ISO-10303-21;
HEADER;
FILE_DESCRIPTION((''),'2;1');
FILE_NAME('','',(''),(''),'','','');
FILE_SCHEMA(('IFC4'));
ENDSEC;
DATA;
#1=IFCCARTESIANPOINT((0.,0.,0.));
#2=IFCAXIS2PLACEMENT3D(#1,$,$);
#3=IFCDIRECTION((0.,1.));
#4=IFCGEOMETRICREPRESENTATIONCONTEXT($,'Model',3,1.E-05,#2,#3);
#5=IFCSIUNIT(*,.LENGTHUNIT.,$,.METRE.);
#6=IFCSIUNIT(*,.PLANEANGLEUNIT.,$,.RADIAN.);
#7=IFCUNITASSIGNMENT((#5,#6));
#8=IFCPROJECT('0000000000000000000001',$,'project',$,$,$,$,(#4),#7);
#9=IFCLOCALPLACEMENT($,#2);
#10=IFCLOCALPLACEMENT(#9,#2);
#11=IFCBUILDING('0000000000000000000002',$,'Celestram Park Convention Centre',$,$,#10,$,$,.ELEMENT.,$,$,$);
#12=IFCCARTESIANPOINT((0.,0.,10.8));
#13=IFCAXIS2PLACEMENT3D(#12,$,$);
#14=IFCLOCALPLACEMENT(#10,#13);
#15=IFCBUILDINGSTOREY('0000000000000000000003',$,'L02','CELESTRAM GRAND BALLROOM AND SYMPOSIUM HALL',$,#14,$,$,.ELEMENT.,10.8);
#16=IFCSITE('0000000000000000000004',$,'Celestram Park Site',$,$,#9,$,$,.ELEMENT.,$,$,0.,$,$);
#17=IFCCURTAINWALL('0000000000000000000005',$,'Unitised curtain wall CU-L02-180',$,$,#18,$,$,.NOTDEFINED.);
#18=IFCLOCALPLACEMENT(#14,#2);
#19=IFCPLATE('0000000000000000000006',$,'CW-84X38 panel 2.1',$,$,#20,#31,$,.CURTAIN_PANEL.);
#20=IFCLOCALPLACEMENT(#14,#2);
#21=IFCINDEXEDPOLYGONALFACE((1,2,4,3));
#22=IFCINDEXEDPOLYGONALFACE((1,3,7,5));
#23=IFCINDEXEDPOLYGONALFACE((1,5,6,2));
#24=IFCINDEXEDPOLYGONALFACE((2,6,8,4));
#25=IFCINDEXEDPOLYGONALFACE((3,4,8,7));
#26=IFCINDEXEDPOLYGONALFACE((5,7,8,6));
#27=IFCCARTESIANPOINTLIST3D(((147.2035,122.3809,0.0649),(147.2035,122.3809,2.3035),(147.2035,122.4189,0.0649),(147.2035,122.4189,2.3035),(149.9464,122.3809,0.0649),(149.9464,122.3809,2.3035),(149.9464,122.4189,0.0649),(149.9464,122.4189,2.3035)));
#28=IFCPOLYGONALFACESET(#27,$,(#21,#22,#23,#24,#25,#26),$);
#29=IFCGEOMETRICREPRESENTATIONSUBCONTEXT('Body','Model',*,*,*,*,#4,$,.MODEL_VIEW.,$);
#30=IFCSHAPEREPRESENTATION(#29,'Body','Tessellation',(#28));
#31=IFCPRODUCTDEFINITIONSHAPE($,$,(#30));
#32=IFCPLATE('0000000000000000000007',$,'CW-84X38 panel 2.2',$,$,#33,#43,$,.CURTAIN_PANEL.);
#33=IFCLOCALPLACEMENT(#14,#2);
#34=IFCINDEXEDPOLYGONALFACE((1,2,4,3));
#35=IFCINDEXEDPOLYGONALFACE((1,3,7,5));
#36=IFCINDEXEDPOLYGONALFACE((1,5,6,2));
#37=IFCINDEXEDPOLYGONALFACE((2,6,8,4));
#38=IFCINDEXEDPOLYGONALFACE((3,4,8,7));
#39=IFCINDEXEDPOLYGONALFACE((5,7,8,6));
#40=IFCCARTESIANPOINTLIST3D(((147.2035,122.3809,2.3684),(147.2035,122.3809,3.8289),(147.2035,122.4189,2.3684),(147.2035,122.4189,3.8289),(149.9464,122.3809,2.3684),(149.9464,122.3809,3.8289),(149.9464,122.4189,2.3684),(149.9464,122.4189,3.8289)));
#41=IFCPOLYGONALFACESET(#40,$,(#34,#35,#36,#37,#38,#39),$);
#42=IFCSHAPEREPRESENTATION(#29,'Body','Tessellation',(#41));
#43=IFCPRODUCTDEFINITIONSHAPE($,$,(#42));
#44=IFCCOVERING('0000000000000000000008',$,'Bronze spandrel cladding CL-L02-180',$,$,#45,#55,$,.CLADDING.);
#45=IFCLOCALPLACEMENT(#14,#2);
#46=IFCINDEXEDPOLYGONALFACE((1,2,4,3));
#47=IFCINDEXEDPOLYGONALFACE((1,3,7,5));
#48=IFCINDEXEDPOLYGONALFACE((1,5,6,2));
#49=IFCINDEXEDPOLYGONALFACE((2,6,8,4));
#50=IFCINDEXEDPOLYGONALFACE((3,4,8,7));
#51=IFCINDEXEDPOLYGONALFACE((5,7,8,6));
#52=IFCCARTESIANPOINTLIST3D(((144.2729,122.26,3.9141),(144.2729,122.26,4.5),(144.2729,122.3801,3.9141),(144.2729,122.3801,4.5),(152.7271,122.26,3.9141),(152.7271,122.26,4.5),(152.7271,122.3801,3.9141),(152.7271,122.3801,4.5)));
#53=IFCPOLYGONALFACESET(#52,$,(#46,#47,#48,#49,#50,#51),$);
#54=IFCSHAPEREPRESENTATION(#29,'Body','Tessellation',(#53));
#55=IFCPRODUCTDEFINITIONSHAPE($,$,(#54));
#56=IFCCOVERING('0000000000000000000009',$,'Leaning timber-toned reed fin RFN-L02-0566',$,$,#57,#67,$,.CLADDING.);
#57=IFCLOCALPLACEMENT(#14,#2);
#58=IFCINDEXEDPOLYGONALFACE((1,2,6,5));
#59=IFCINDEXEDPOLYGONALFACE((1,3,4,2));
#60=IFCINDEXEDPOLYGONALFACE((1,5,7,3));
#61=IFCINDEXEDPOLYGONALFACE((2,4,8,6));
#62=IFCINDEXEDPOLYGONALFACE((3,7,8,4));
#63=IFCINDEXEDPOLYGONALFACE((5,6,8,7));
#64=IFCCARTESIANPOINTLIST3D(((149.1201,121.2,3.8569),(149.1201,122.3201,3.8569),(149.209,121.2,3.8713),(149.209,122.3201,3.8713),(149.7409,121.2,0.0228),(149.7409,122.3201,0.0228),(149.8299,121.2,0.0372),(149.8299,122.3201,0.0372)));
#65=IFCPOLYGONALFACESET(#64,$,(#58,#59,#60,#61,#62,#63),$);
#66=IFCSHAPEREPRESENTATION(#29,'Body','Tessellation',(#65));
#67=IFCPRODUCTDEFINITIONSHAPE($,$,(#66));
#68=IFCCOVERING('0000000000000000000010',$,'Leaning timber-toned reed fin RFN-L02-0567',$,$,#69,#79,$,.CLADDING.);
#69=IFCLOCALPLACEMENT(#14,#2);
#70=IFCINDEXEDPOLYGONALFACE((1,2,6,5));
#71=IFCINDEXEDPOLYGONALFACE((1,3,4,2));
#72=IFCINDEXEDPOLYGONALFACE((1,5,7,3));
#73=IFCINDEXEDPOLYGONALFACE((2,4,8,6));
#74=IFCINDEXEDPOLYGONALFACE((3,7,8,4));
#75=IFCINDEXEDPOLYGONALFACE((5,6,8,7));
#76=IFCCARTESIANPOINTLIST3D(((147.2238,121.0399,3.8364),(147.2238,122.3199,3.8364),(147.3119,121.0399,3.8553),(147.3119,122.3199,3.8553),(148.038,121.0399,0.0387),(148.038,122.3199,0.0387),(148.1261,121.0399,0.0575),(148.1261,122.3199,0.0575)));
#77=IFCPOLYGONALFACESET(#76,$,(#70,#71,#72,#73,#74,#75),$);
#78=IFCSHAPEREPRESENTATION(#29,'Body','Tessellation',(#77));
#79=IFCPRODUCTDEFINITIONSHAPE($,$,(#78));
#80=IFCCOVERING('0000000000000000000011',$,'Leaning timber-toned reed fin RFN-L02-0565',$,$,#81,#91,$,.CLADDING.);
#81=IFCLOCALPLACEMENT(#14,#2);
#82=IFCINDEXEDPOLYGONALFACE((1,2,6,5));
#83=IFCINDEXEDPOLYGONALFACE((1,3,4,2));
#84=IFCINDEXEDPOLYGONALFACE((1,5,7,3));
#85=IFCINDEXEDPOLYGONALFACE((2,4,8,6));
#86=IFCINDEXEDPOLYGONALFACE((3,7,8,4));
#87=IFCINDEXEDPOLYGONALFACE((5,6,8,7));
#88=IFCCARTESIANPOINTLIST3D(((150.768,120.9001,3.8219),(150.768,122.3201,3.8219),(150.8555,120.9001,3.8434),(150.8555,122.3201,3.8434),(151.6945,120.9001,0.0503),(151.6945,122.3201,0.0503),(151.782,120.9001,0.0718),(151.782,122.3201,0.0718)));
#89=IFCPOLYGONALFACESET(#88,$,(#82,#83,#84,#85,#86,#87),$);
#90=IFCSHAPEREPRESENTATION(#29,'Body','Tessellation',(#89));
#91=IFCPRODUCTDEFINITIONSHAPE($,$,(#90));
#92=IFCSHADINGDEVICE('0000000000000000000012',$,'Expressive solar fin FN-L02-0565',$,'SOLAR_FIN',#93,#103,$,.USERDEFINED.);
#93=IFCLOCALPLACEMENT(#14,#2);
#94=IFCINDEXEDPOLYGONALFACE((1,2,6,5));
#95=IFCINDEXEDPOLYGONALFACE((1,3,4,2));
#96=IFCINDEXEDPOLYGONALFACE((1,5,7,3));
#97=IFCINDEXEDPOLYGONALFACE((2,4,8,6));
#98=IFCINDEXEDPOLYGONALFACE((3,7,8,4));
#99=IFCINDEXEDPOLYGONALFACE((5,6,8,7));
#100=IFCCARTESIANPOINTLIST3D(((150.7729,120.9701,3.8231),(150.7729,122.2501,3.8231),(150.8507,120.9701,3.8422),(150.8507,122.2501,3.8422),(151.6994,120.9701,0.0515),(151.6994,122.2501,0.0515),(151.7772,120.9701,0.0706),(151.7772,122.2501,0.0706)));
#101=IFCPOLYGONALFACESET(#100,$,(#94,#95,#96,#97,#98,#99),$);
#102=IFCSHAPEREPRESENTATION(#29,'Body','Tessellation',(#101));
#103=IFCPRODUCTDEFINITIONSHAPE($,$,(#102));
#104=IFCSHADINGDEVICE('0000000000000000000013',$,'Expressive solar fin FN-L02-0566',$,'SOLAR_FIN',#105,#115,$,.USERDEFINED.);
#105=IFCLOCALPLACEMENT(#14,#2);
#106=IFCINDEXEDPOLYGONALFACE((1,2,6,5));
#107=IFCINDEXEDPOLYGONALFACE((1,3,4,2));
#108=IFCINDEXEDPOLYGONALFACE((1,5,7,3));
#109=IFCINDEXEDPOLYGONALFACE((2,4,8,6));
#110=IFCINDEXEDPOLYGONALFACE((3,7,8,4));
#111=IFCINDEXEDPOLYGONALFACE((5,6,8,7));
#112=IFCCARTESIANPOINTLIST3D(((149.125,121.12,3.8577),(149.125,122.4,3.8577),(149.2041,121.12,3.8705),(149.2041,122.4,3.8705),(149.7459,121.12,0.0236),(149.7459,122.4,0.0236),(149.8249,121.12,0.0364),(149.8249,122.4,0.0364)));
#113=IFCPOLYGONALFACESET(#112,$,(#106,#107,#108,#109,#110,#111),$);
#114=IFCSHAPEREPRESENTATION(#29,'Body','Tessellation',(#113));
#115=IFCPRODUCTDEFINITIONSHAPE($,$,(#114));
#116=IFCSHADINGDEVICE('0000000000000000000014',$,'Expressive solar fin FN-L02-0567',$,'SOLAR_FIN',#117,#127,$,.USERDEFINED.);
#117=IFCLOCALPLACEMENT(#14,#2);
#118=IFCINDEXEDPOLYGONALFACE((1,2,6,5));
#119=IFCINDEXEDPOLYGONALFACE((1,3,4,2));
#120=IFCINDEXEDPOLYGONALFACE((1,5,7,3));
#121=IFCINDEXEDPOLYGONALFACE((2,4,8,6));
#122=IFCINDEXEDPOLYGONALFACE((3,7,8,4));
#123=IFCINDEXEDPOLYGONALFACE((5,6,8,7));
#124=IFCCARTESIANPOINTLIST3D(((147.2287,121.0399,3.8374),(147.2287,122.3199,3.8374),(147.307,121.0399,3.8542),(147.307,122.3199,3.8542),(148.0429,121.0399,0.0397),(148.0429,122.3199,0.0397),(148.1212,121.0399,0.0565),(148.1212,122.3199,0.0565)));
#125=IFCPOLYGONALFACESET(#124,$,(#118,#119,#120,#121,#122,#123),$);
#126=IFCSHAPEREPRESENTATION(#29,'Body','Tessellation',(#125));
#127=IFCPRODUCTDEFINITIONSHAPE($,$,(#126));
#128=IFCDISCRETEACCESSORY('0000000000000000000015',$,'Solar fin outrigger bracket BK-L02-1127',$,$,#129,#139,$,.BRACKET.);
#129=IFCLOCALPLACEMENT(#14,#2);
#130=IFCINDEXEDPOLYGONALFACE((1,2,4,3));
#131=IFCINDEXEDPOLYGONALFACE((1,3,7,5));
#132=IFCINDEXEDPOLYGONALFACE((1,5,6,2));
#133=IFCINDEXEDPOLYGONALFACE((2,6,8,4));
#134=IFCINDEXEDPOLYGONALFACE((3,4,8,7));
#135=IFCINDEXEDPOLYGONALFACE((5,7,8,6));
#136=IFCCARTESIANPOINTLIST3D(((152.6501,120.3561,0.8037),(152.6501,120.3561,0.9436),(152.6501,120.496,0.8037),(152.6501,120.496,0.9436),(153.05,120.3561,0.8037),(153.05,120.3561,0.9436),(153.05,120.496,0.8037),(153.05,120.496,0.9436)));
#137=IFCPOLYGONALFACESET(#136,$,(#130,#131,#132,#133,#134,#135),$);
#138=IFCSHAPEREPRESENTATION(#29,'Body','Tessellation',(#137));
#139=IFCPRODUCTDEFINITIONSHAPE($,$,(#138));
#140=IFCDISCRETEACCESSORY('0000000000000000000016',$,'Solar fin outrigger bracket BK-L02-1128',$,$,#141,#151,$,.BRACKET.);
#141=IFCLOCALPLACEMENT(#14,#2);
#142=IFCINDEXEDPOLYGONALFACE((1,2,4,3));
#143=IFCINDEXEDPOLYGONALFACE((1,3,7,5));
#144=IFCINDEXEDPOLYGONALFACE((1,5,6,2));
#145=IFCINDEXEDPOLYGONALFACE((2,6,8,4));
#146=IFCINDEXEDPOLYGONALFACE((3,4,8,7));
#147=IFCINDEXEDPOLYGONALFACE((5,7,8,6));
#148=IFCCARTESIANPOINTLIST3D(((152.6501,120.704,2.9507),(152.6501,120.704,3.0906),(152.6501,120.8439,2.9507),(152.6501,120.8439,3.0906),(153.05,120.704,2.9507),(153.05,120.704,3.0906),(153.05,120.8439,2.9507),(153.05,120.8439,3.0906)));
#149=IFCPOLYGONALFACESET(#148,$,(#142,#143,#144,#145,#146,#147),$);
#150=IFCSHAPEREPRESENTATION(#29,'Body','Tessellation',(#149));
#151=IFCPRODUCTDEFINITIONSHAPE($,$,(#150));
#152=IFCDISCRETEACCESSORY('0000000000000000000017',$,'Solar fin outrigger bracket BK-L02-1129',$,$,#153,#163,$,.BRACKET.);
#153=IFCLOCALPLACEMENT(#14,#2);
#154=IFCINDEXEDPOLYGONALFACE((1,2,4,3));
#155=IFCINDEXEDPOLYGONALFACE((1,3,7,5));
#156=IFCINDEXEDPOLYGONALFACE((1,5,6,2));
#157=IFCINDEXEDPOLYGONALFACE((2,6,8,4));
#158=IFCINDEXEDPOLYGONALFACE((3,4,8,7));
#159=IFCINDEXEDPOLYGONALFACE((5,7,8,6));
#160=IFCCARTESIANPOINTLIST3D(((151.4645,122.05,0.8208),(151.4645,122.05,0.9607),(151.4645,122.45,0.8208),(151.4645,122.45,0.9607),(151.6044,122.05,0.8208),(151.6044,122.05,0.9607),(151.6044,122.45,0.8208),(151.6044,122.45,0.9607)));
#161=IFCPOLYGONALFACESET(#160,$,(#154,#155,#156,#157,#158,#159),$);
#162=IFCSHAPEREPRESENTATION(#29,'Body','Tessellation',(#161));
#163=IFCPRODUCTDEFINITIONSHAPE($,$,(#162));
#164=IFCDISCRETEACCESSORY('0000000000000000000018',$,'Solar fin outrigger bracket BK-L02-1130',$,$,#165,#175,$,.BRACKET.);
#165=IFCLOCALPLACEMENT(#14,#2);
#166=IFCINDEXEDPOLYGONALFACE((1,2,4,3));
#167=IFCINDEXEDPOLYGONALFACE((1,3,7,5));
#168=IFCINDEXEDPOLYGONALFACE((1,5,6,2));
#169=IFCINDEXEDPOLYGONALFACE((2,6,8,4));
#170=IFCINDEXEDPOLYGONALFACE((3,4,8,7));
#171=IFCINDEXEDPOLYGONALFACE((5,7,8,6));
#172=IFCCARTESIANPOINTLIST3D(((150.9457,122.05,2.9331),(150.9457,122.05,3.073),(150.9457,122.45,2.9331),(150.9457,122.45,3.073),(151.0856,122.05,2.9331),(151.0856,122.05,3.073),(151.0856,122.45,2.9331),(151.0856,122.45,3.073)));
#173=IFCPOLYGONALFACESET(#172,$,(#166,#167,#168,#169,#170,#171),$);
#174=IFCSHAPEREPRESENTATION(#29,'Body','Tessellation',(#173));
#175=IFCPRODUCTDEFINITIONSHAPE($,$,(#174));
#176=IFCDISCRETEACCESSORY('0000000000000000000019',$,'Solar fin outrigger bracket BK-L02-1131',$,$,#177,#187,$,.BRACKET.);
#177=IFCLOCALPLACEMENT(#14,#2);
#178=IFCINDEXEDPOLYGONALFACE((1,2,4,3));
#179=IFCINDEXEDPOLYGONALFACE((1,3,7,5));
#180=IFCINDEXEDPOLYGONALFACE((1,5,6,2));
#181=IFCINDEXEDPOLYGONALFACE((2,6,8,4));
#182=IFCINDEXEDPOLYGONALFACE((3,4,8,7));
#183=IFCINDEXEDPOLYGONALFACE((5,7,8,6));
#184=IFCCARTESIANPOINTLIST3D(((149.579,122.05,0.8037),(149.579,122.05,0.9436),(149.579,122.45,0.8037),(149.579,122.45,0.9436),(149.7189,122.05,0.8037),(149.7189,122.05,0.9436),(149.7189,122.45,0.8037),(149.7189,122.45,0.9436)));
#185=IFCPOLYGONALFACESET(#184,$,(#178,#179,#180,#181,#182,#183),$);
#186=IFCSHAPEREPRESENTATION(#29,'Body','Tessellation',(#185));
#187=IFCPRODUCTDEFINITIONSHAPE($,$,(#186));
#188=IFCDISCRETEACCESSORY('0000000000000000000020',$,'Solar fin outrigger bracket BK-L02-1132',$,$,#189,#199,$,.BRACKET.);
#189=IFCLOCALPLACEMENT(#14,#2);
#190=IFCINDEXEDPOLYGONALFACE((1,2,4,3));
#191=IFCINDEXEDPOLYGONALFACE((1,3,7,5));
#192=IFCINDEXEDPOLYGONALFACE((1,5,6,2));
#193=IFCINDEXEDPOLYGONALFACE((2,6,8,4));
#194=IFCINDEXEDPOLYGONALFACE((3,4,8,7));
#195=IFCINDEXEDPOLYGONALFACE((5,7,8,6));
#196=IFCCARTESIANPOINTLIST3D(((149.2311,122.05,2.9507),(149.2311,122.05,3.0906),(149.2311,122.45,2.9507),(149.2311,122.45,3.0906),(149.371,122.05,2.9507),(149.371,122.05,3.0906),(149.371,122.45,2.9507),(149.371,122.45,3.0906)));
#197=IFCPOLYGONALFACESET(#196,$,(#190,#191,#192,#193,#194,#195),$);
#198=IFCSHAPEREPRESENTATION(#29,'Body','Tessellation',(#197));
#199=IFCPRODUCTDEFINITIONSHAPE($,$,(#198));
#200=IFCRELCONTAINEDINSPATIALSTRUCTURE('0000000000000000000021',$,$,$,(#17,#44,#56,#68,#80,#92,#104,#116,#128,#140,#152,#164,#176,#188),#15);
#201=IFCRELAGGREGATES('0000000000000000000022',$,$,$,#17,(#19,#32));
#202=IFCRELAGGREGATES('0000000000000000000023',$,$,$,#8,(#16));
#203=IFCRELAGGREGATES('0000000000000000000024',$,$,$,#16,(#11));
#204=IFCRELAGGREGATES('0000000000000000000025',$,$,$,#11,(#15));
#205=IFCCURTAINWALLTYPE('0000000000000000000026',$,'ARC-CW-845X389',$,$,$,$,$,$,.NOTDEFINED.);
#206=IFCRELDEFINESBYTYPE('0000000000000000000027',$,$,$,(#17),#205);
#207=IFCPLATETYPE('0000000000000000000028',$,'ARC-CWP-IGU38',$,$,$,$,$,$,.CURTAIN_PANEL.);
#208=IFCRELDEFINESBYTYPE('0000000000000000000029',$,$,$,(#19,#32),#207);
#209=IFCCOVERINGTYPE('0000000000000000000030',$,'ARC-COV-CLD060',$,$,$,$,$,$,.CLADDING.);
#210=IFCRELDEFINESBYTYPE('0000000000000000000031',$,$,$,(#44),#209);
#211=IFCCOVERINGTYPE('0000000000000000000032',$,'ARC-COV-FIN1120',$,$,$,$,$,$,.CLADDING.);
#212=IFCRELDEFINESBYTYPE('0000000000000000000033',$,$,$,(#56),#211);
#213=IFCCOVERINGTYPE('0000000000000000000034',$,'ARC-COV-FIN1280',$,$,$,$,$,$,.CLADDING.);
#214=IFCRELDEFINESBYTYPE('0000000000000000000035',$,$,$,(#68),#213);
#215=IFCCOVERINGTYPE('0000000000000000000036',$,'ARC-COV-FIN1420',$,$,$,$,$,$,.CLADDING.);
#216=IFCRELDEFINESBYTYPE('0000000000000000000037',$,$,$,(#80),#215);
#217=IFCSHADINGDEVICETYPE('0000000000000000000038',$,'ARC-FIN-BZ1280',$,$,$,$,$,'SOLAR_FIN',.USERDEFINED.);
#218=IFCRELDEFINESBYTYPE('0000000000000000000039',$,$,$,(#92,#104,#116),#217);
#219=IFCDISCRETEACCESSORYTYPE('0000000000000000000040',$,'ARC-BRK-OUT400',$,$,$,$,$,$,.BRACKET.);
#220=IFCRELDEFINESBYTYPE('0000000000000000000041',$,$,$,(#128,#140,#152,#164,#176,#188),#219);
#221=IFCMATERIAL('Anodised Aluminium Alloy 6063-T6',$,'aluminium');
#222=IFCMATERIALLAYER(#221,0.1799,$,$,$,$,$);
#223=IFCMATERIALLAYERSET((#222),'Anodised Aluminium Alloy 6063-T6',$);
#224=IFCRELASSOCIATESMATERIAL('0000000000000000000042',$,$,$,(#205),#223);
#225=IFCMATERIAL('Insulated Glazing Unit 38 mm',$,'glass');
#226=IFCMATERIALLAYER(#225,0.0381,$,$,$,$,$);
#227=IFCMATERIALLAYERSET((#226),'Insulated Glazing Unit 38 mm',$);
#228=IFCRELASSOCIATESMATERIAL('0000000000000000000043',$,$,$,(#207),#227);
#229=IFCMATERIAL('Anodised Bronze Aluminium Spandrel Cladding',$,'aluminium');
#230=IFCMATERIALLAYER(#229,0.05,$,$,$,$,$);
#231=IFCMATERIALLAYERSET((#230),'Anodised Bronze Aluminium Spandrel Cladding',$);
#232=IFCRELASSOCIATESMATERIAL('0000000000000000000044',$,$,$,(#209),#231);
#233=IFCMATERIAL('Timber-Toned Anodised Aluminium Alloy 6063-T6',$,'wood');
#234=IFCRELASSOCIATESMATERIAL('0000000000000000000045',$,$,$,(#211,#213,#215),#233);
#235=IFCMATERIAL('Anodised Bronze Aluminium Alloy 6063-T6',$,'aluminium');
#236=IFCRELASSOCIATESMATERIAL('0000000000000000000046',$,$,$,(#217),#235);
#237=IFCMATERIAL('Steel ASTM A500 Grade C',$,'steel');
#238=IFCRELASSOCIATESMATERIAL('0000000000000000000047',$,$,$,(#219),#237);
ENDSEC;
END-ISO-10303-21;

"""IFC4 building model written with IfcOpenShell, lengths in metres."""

from ifc_helpers import new_model, si_unit, direction, frame, origin, origin_2d, place, context, subcontext, project, spatial, rectangle, extrude, material, layer, layer_set, material_profile, profile_set, type_object, element, aggregate, save


model = new_model("IFC4")

# Units and contexts
model_context = context("Model", 3, precision=1e-05, world=origin(), true_north=direction((0.0, 1.0)))
body_context = subcontext(model_context, "Body", "Model", "MODEL_VIEW")
ifc_project = project(units=[si_unit("LENGTHUNIT", "METRE"), si_unit("PLANEANGLEUNIT", "RADIAN")], contexts=[model_context])

# Site, building, storey
site_placement = place(None, origin())
site = spatial("IfcSite", under=ifc_project, at=site_placement, Name="Celestram Park Site", CompositionType="ELEMENT", RefElevation=0.0)
building_placement = place(site_placement, origin())
building = spatial("IfcBuilding", under=site, at=building_placement, Name="Celestram Park Convention Centre", CompositionType="ELEMENT")
storey_placement = place(building_placement, frame((0.0, 0.0, 10.8)))
storey = spatial("IfcBuildingStorey", under=building, at=storey_placement, Name="L02", Description="CELESTRAM GRAND BALLROOM AND SYMPOSIUM HALL", CompositionType="ELEMENT", Elevation=10.8)

# Shared definitions
ifc_material_1 = material(Name="Anodised Aluminium Alloy 6063-T6", Category="aluminium")

# Curtain wall
ifc_layer_1 = layer(ifc_material_1, 0.1799)
ifc_layer_set_1 = layer_set([ifc_layer_1], Name="Anodised Aluminium Alloy 6063-T6")
curtain_wall_type_1 = type_object("IfcCurtainWallType", Name="ARC-CW-845X389", PredefinedType="NOTDEFINED", material=ifc_layer_set_1)
curtain_wall_1_placement = place(storey_placement, origin())
curtain_wall_1 = element("IfcCurtainWall", 1, at=curtain_wall_1_placement, inside=storey, type_object=curtain_wall_type_1, Name="Unitised curtain wall CU-L02-180", PredefinedType="NOTDEFINED")

# Plates
ifc_material_2 = material(Name="Insulated Glazing Unit 38 mm", Category="glass")
ifc_layer_2 = layer(ifc_material_2, 0.0381)
ifc_layer_set_2 = layer_set([ifc_layer_2], Name="Insulated Glazing Unit 38 mm")
plate_type_1 = type_object("IfcPlateType", Name="ARC-CWP-IGU38", PredefinedType="CURTAIN_PANEL", material=ifc_layer_set_2)
plate_1_placement = place(storey_placement, frame((148.575, 122.3999, 0.0649), z_axis=(0.0, 0.0, 1.0), x_axis=(-1.0, 0.0, 0.0)))
plate_1 = element("IfcPlate", 2, at=plate_1_placement, type_object=plate_type_1, Name="CW-84X38 panel 2.1", PredefinedType="CURTAIN_PANEL", context=body_context, shape_type="SweptSolid", body=[
    extrude(rectangle(XDim=2.7429, YDim=0.0381, at=origin_2d()), origin(), (0.0, 0.0, 1.0), 2.2385),
])
plate_2_placement = place(storey_placement, frame((148.575, 122.3999, 2.3684), z_axis=(0.0, 0.0, 1.0), x_axis=(-1.0, 0.0, 0.0)))
plate_2 = element("IfcPlate", 3, at=plate_2_placement, type_object=plate_type_1, Name="CW-84X38 panel 2.2", PredefinedType="CURTAIN_PANEL", context=body_context, shape_type="SweptSolid", body=[
    extrude(rectangle(XDim=2.7429, YDim=0.0381, at=origin_2d()), origin(), (0.0, 0.0, 1.0), 1.4604),
])
aggregate(curtain_wall_1, [plate_1, plate_2])

# Coverings
ifc_material_3 = material(Name="Anodised Bronze Aluminium Spandrel Cladding", Category="aluminium")
ifc_layer_3 = layer(ifc_material_3, 0.05)
ifc_layer_set_3 = layer_set([ifc_layer_3], Name="Anodised Bronze Aluminium Spandrel Cladding")
covering_type_1 = type_object("IfcCoveringType", Name="ARC-COV-CLD060", PredefinedType="CLADDING", material=ifc_layer_set_3)
covering_1_placement = place(storey_placement, frame((148.5, 122.3201, 3.9141), z_axis=(0.0, 0.0, 1.0), x_axis=(-1.0, 0.0, 0.0)))
element("IfcCovering", 4, at=covering_1_placement, inside=storey, type_object=covering_type_1, Name="Bronze spandrel cladding CL-L02-180", PredefinedType="CLADDING", context=body_context, shape_type="SweptSolid", body=[
    extrude(rectangle(XDim=8.4541, YDim=0.1201, at=origin_2d()), origin(), (0.0, 0.0, 1.0), 0.5859),
])
ifc_material_4 = material(Name="Timber-Toned Anodised Aluminium Alloy 6063-T6", Category="wood")
ifc_material_profile_1 = material_profile(ifc_material_4, rectangle(XDim=1.1201, YDim=0.0901, at=origin_2d()), Name="REED1120X90")
ifc_profile_set_1 = profile_set([ifc_material_profile_1], Name="Timber-Toned Anodised Aluminium Alloy 6063-T6")
covering_type_2 = type_object("IfcCoveringType", Name="ARC-COV-FIN1120", PredefinedType="CLADDING", material=ifc_profile_set_1)
covering_2_placement = place(storey_placement, frame((149.7854, 121.76, 0.03), z_axis=(-0.159851, 0.0, 0.987141), x_axis=(0.0, -1.0, 0.0)))
element("IfcCovering", 5, at=covering_2_placement, inside=storey, type_object=covering_type_2, Name="Leaning timber-toned reed fin RFN-L02-0566", PredefinedType="CLADDING", context=body_context, shape_type="SweptSolid", body=[
    extrude(rectangle(XDim=1.1201, YDim=0.0901, at=origin_2d()), origin(), (0.0, 0.0, 1.0), 3.884),
])
ifc_material_profile_2 = material_profile(ifc_material_4, rectangle(XDim=1.28, YDim=0.0901, at=origin_2d()), Name="REED1280X90")
ifc_profile_set_2 = profile_set([ifc_material_profile_2], Name="Timber-Toned Anodised Aluminium Alloy 6063-T6")
covering_type_3 = type_object("IfcCoveringType", Name="ARC-COV-FIN1280", PredefinedType="CLADDING", material=ifc_profile_set_2)
covering_3_placement = place(storey_placement, frame((148.082, 121.6799, 0.0481), z_axis=(-0.209624, 0.0, 0.977782), x_axis=(0.0, -1.0, 0.0)))
element("IfcCovering", 6, at=covering_3_placement, inside=storey, type_object=covering_type_3, Name="Leaning timber-toned reed fin RFN-L02-0567", PredefinedType="CLADDING", context=body_context, shape_type="SweptSolid", body=[
    extrude(rectangle(XDim=1.28, YDim=0.0901, at=origin_2d()), origin(), (0.0, 0.0, 1.0), 3.884),
])
ifc_material_profile_3 = material_profile(ifc_material_4, rectangle(XDim=1.4199, YDim=0.0901, at=origin_2d()), Name="REED1420X90")
ifc_profile_set_3 = profile_set([ifc_material_profile_3], Name="Timber-Toned Anodised Aluminium Alloy 6063-T6")
covering_type_4 = type_object("IfcCoveringType", Name="ARC-COV-FIN1420", PredefinedType="CLADDING", material=ifc_profile_set_3)
covering_4_placement = place(storey_placement, frame((151.7383, 121.6101, 0.061), z_axis=(-0.238555, 0.0, 0.971129), x_axis=(0.0, -1.0, 0.0)))
element("IfcCovering", 7, at=covering_4_placement, inside=storey, type_object=covering_type_4, Name="Leaning timber-toned reed fin RFN-L02-0565", PredefinedType="CLADDING", context=body_context, shape_type="SweptSolid", body=[
    extrude(rectangle(XDim=1.4199, YDim=0.0901, at=origin_2d()), origin(), (0.0, 0.0, 1.0), 3.8838),
])

# Shading devices
ifc_material_5 = material(Name="Anodised Bronze Aluminium Alloy 6063-T6", Category="aluminium")
ifc_material_profile_4 = material_profile(ifc_material_5, rectangle(XDim=1.28, YDim=0.0801, at=origin_2d()), Name="FIN1280X80")
ifc_profile_set_4 = profile_set([ifc_material_profile_4], Name="Anodised Bronze Aluminium Alloy 6063-T6")
shading_device_type = type_object("IfcShadingDeviceType", Name="ARC-FIN-BZ1280", ElementType="SOLAR_FIN", PredefinedType="USERDEFINED", material=ifc_profile_set_4)
shading_device_placement = place(storey_placement, frame((151.7383, 121.6101, 0.061), z_axis=(-0.238555, 0.0, 0.971129), x_axis=(0.0, -1.0, 0.0)))
element("IfcShadingDevice", 8, at=shading_device_placement, inside=storey, type_object=shading_device_type, Name="Expressive solar fin FN-L02-0565", ObjectType="SOLAR_FIN", PredefinedType="USERDEFINED", context=body_context, shape_type="SweptSolid", body=[
    extrude(rectangle(XDim=1.28, YDim=0.0801, at=origin_2d()), origin(), (0.0, 0.0, 1.0), 3.8838),
])
for number, where, z_axis, x_axis, name in (
    (9, (149.7854, 121.76, 0.03), (-0.159851, 0.0, 0.987141), (0.0, -1.0, 0.0), "Expressive solar fin FN-L02-0566"),
    (10, (148.082, 121.6799, 0.0481), (-0.209624, 0.0, 0.977782), (0.0, -1.0, 0.0), "Expressive solar fin FN-L02-0567"),
):
    element("IfcShadingDevice", number, at=place(storey_placement, frame(where, z_axis=z_axis, x_axis=x_axis)), inside=storey, type_object=shading_device_type, Name=name, ObjectType="SOLAR_FIN", PredefinedType="USERDEFINED", context=body_context, shape_type="SweptSolid", body=[
        extrude(rectangle(XDim=1.28, YDim=0.0801, at=origin_2d()), origin(), (0.0, 0.0, 1.0), 3.884),
    ])

# Discrete accessories
ifc_material_6 = material(Name="Steel ASTM A500 Grade C", Category="steel")
discrete_accessory_type = type_object("IfcDiscreteAccessoryType", Name="ARC-BRK-OUT400", PredefinedType="BRACKET", material=ifc_material_6)
for number, where, z_axis, x_axis, name in (
    (11, (152.8501, 120.426, 0.8037), (0.0, 0.0, 1.0), (-1.0, 0.0, 0.0), "Solar fin outrigger bracket BK-L02-1127"),
    (12, (152.8501, 120.7739, 2.9507), (0.0, 0.0, 1.0), (-1.0, 0.0, 0.0), "Solar fin outrigger bracket BK-L02-1128"),
    (13, (151.5344, 122.25, 0.8208), (0.0, 0.0, 1.0), (0.0, -1.0, 0.0), "Solar fin outrigger bracket BK-L02-1129"),
    (14, (151.0156, 122.25, 2.9331), (0.0, 0.0, 1.0), (0.0, -1.0, 0.0), "Solar fin outrigger bracket BK-L02-1130"),
    (15, (149.6489, 122.25, 0.8037), (0.0, 0.0, 1.0), (0.0, -1.0, 0.0), "Solar fin outrigger bracket BK-L02-1131"),
    (16, (149.301, 122.25, 2.9507), (0.0, 0.0, 1.0), (0.0, -1.0, 0.0), "Solar fin outrigger bracket BK-L02-1132"),
):
    element("IfcDiscreteAccessory", number, at=place(storey_placement, frame(where, z_axis=z_axis, x_axis=x_axis)), inside=storey, type_object=discrete_accessory_type, Name=name, PredefinedType="BRACKET", context=body_context, shape_type="SweptSolid", body=[
        extrude(rectangle(XDim=0.3999, YDim=0.1399, at=origin_2d()), origin(), (0.0, 0.0, 1.0), 0.1399),
    ])

save(model, "model.ifc")
